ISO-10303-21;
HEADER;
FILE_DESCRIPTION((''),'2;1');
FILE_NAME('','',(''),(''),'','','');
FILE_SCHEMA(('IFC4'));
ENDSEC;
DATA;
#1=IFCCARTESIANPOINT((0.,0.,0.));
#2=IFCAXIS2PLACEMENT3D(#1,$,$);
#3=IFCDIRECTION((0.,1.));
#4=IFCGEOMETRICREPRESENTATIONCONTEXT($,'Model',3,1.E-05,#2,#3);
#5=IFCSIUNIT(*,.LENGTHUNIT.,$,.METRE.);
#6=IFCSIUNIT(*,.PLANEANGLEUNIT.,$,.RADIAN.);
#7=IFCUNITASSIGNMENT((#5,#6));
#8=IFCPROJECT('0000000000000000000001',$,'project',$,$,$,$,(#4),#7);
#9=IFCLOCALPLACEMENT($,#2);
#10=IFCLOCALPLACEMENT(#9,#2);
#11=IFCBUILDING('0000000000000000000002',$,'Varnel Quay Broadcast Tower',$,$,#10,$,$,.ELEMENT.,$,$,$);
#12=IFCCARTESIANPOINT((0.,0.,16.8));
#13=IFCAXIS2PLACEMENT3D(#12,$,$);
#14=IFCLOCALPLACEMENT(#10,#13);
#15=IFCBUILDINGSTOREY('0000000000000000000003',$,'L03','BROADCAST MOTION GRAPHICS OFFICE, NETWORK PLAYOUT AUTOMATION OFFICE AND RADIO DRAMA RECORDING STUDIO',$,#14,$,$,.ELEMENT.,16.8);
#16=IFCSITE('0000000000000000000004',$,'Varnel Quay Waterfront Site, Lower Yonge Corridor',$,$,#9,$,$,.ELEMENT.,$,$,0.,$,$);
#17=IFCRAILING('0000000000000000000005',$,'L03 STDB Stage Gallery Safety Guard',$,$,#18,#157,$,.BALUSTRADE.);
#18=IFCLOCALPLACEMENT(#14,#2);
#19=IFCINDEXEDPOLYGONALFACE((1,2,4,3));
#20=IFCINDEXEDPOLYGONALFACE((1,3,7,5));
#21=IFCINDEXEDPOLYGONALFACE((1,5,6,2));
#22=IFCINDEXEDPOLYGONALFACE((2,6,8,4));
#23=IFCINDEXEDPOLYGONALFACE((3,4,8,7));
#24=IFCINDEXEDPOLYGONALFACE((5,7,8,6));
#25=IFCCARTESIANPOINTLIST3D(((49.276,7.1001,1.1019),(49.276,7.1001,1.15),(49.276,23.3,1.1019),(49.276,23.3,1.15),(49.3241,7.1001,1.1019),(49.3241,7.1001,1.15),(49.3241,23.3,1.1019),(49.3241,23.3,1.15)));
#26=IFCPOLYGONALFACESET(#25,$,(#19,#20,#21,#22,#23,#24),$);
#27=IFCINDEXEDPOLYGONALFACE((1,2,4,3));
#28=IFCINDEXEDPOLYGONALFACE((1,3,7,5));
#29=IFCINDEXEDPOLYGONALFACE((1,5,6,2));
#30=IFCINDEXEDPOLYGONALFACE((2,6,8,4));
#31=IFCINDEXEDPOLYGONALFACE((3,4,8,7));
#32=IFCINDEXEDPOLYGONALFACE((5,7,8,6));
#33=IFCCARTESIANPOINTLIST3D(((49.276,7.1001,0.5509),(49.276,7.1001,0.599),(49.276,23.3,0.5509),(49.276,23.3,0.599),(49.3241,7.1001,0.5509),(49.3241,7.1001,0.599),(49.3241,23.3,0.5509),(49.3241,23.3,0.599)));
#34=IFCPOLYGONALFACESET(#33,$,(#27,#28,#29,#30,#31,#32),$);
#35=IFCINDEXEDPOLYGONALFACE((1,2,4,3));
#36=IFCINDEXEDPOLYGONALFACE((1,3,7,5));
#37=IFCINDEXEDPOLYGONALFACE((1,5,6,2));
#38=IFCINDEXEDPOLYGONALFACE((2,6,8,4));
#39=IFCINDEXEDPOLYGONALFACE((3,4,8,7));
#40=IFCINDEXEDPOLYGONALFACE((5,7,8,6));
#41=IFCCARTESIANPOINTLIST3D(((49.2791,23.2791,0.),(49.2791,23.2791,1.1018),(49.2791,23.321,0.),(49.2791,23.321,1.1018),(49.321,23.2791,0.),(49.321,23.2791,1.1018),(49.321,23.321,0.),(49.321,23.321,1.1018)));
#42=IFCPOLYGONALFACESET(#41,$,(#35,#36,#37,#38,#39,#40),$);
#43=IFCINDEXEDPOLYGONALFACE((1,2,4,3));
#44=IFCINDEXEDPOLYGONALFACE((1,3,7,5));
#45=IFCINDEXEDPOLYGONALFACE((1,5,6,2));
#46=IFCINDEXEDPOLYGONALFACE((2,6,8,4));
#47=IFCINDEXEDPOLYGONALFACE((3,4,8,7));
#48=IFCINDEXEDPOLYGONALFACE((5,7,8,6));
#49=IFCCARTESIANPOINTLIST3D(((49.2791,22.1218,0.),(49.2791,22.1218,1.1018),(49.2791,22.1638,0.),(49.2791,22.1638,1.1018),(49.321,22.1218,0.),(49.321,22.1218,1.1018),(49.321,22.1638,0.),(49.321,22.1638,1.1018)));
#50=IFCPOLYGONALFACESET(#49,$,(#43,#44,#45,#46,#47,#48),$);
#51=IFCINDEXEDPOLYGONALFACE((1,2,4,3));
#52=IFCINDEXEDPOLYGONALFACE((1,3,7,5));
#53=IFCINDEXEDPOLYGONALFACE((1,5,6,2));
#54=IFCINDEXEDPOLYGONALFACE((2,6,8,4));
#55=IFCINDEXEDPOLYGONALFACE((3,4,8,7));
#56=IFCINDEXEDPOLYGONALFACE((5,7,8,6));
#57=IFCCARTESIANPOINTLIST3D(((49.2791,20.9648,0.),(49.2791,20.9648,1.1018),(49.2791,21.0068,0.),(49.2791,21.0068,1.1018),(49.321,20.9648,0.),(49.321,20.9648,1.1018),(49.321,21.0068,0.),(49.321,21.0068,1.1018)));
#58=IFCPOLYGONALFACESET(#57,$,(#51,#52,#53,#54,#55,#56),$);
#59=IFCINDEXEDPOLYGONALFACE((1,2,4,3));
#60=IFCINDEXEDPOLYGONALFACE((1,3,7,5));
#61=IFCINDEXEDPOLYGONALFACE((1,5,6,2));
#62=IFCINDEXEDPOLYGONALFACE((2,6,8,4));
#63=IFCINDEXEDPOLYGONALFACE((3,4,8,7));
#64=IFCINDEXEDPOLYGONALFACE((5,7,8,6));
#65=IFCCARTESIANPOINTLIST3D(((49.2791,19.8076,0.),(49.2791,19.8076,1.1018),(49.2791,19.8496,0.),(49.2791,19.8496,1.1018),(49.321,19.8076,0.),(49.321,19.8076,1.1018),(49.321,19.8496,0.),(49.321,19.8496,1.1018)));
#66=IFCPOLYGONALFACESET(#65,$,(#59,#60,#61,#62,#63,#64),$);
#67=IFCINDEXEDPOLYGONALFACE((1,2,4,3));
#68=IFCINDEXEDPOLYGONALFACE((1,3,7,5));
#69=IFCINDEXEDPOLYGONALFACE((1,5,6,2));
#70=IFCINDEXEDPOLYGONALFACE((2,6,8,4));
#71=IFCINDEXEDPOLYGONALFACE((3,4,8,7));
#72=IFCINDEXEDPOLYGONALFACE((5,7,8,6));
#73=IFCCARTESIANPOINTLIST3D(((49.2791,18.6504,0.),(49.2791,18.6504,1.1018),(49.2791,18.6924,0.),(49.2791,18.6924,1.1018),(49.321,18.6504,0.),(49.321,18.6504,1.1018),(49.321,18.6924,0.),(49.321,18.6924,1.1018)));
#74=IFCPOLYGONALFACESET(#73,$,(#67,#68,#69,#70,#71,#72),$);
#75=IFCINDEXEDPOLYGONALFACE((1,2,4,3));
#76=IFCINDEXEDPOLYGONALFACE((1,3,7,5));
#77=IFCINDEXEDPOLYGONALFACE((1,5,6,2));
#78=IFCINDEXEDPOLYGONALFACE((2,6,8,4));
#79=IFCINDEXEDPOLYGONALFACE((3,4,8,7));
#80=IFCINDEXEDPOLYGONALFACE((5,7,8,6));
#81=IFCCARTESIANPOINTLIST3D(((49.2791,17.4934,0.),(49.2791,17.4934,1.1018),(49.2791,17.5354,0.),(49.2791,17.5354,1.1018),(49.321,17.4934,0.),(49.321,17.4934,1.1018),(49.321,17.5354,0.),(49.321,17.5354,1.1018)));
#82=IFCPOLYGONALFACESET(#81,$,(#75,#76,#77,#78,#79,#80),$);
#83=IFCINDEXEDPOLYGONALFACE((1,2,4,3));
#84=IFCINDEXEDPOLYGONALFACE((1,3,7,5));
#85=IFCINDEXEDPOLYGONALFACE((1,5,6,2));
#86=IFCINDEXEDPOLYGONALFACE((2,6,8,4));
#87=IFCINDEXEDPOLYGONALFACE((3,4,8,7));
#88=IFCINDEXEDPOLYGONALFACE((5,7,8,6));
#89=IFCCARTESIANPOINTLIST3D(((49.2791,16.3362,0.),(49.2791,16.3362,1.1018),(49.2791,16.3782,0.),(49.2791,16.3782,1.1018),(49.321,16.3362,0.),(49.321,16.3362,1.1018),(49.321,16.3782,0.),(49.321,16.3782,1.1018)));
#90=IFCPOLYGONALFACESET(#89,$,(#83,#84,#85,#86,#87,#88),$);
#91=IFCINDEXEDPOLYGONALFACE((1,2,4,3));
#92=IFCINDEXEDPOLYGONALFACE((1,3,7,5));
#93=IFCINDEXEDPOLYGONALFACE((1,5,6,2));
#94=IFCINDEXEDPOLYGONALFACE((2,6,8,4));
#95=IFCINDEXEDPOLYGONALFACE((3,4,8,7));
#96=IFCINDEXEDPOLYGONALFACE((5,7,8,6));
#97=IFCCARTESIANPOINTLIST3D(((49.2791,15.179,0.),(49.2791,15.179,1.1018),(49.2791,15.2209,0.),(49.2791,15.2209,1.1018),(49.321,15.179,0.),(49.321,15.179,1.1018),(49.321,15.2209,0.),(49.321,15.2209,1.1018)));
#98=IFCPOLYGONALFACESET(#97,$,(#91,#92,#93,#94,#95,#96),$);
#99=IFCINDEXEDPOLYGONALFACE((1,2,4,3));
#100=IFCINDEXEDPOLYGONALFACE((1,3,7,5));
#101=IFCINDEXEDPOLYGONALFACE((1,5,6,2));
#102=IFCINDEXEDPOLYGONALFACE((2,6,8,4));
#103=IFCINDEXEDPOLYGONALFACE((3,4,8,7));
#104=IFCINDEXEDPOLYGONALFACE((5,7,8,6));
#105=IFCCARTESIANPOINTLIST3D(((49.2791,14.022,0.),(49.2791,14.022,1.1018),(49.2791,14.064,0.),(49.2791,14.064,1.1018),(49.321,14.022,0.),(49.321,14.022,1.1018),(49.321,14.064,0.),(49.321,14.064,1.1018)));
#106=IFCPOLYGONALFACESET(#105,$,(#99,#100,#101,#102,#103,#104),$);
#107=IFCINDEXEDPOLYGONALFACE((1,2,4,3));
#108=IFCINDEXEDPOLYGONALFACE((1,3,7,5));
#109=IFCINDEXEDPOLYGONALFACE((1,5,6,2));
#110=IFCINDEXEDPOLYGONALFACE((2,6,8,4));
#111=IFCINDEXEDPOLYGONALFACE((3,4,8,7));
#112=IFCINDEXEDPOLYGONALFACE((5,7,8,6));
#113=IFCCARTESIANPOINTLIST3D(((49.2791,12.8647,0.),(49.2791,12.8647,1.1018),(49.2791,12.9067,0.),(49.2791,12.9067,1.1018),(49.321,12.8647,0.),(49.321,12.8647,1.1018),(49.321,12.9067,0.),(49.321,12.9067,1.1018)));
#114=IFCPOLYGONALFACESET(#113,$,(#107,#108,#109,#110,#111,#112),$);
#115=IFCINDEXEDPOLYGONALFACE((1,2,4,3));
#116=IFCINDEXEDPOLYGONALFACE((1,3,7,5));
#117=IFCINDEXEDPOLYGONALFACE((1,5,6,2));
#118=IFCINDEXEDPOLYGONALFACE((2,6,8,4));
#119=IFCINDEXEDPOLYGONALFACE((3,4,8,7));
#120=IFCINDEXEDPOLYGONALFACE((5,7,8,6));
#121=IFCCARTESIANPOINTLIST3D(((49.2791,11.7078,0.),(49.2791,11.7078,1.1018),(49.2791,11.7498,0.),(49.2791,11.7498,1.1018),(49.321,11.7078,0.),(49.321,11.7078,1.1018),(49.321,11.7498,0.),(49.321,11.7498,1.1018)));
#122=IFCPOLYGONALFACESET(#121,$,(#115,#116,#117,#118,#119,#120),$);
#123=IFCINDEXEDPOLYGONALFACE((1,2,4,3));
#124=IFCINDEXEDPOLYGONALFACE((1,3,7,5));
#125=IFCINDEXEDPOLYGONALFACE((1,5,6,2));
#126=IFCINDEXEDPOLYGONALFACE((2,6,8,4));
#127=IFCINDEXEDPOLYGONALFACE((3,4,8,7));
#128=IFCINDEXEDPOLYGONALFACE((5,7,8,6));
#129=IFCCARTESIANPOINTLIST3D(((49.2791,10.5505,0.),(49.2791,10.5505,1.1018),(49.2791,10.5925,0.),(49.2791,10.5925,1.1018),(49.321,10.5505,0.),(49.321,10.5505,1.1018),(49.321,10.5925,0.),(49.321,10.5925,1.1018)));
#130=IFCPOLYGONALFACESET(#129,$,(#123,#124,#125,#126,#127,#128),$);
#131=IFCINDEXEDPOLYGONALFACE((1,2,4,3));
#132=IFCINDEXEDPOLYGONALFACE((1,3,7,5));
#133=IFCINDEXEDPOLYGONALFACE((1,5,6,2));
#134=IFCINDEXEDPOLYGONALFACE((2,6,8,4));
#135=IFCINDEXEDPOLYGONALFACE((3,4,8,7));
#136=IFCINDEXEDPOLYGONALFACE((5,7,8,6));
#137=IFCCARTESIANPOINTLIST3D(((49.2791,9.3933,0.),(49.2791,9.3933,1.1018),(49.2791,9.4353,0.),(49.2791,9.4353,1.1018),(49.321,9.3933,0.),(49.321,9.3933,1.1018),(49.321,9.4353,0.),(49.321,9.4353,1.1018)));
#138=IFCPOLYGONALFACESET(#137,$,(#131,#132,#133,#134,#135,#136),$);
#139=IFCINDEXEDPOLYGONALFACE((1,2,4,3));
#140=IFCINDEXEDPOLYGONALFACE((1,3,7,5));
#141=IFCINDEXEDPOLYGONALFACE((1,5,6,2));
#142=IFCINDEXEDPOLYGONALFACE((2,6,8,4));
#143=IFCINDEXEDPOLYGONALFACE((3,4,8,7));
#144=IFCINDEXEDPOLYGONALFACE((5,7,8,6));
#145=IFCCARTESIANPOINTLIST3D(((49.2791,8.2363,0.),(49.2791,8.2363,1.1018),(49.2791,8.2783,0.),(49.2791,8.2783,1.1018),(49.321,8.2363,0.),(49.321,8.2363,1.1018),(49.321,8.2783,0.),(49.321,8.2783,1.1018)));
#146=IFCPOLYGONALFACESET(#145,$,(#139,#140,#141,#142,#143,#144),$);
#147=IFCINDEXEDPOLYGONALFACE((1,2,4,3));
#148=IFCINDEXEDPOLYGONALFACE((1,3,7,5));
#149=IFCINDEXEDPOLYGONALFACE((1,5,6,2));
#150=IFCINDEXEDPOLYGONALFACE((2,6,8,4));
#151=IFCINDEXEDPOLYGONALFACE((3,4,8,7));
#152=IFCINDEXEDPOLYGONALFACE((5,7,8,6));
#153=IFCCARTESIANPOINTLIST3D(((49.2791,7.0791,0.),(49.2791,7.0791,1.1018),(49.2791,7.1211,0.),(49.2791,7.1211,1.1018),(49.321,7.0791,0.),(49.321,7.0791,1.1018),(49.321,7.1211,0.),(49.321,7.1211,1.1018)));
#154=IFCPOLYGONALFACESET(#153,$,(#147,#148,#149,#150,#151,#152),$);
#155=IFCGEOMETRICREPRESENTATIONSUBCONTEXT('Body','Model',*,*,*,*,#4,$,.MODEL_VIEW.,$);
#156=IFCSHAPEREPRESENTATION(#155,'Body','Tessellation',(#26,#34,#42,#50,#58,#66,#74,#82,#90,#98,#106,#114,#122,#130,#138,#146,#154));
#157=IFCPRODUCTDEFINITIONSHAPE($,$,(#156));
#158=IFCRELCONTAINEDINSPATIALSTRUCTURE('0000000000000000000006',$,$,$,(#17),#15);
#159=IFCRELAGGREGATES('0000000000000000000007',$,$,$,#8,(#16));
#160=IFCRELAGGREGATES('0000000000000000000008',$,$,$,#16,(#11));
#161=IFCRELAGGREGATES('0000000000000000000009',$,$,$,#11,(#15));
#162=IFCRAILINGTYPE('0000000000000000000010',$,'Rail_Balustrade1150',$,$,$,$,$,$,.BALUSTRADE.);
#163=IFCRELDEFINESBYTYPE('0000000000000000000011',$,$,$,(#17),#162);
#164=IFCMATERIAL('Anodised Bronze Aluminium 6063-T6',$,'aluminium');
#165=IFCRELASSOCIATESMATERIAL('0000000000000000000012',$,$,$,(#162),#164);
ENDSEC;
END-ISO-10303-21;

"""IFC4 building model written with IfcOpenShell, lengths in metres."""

from ifc_helpers import new_model, si_unit, direction, frame, origin, origin_2d, place, context, subcontext, project, spatial, rectangle, extrude, material, type_object, element, save


model = new_model("IFC4")

# Units and contexts
model_context = context("Model", 3, precision=1e-05, world=origin(), true_north=direction((0.0, 1.0)))
body_context = subcontext(model_context, "Body", "Model", "MODEL_VIEW")
ifc_project = project(units=[si_unit("LENGTHUNIT", "METRE"), si_unit("PLANEANGLEUNIT", "RADIAN")], contexts=[model_context])

# Site, building, storey
site_placement = place(None, origin())
site = spatial("IfcSite", under=ifc_project, at=site_placement, Name="Varnel Quay Waterfront Site, Lower Yonge Corridor", CompositionType="ELEMENT", RefElevation=0.0)
building_placement = place(site_placement, origin())
building = spatial("IfcBuilding", under=site, at=building_placement, Name="Varnel Quay Broadcast Tower", CompositionType="ELEMENT")
storey_placement = place(building_placement, frame((0.0, 0.0, 16.8)))
storey = spatial("IfcBuildingStorey", under=building, at=storey_placement, Name="L03", Description="BROADCAST MOTION GRAPHICS OFFICE, NETWORK PLAYOUT AUTOMATION OFFICE AND RADIO DRAMA RECORDING STUDIO", CompositionType="ELEMENT", Elevation=16.8)

# Railing
ifc_material_1 = material(Name="Anodised Bronze Aluminium 6063-T6", Category="aluminium")
railing_type = type_object("IfcRailingType", Name="Rail_Balustrade1150", PredefinedType="BALUSTRADE", material=ifc_material_1)
railing_placement = place(storey_placement, frame((49.3, 23.3, 0.0)))
element("IfcRailing", 1, at=railing_placement, inside=storey, type_object=railing_type, Name="L03 STDB Stage Gallery Safety Guard", PredefinedType="BALUSTRADE", context=body_context, shape_type="SweptSolid", body=[
    extrude(rectangle(XDim=0.0481, YDim=0.0481, at=origin_2d()), frame((0.0, 0.0, 1.126), z_axis=(0.0, -1.0, 0.0), x_axis=(1.0, 0.0, 0.0)), (0.0, 0.0, 1.0), 16.2),
    extrude(rectangle(XDim=0.0481, YDim=0.0481, at=origin_2d()), frame((0.0, 0.0, 0.575), z_axis=(0.0, -1.0, 0.0), x_axis=(1.0, 0.0, 0.0)), (0.0, 0.0, 1.0), 16.2),
    extrude(rectangle(XDim=0.042, YDim=0.042, at=origin_2d()), origin(), (0.0, 0.0, 1.0), 1.1018),
    extrude(rectangle(XDim=0.042, YDim=0.042, at=origin_2d()), frame((0.0, -1.1572, 0.0)), (0.0, 0.0, 1.0), 1.1018),
    extrude(rectangle(XDim=0.042, YDim=0.042, at=origin_2d()), frame((0.0, -2.3142, 0.0)), (0.0, 0.0, 1.0), 1.1018),
    extrude(rectangle(XDim=0.042, YDim=0.042, at=origin_2d()), frame((0.0, -3.4714, 0.0)), (0.0, 0.0, 1.0), 1.1018),
    extrude(rectangle(XDim=0.042, YDim=0.042, at=origin_2d()), frame((0.0, -4.6287, 0.0)), (0.0, 0.0, 1.0), 1.1018),
    extrude(rectangle(XDim=0.042, YDim=0.042, at=origin_2d()), frame((0.0, -5.7856, 0.0)), (0.0, 0.0, 1.0), 1.1018),
    extrude(rectangle(XDim=0.042, YDim=0.042, at=origin_2d()), frame((0.0, -6.9429, 0.0)), (0.0, 0.0, 1.0), 1.1018),
    extrude(rectangle(XDim=0.042, YDim=0.042, at=origin_2d()), frame((0.0, -8.1001, 0.0)), (0.0, 0.0, 1.0), 1.1018),
    extrude(rectangle(XDim=0.042, YDim=0.042, at=origin_2d()), frame((0.0, -9.2571, 0.0)), (0.0, 0.0, 1.0), 1.1018),
    extrude(rectangle(XDim=0.042, YDim=0.042, at=origin_2d()), frame((0.0, -10.4143, 0.0)), (0.0, 0.0, 1.0), 1.1018),
    extrude(rectangle(XDim=0.042, YDim=0.042, at=origin_2d()), frame((0.0, -11.5713, 0.0)), (0.0, 0.0, 1.0), 1.1018),
    extrude(rectangle(XDim=0.042, YDim=0.042, at=origin_2d()), frame((0.0, -12.7285, 0.0)), (0.0, 0.0, 1.0), 1.1018),
    extrude(rectangle(XDim=0.042, YDim=0.042, at=origin_2d()), frame((0.0, -13.8857, 0.0)), (0.0, 0.0, 1.0), 1.1018),
    extrude(rectangle(XDim=0.042, YDim=0.042, at=origin_2d()), frame((0.0, -15.0427, 0.0)), (0.0, 0.0, 1.0), 1.1018),
    extrude(rectangle(XDim=0.042, YDim=0.042, at=origin_2d()), frame((0.0, -16.2, 0.0)), (0.0, 0.0, 1.0), 1.1018),
])

save(model, "model.ifc")
